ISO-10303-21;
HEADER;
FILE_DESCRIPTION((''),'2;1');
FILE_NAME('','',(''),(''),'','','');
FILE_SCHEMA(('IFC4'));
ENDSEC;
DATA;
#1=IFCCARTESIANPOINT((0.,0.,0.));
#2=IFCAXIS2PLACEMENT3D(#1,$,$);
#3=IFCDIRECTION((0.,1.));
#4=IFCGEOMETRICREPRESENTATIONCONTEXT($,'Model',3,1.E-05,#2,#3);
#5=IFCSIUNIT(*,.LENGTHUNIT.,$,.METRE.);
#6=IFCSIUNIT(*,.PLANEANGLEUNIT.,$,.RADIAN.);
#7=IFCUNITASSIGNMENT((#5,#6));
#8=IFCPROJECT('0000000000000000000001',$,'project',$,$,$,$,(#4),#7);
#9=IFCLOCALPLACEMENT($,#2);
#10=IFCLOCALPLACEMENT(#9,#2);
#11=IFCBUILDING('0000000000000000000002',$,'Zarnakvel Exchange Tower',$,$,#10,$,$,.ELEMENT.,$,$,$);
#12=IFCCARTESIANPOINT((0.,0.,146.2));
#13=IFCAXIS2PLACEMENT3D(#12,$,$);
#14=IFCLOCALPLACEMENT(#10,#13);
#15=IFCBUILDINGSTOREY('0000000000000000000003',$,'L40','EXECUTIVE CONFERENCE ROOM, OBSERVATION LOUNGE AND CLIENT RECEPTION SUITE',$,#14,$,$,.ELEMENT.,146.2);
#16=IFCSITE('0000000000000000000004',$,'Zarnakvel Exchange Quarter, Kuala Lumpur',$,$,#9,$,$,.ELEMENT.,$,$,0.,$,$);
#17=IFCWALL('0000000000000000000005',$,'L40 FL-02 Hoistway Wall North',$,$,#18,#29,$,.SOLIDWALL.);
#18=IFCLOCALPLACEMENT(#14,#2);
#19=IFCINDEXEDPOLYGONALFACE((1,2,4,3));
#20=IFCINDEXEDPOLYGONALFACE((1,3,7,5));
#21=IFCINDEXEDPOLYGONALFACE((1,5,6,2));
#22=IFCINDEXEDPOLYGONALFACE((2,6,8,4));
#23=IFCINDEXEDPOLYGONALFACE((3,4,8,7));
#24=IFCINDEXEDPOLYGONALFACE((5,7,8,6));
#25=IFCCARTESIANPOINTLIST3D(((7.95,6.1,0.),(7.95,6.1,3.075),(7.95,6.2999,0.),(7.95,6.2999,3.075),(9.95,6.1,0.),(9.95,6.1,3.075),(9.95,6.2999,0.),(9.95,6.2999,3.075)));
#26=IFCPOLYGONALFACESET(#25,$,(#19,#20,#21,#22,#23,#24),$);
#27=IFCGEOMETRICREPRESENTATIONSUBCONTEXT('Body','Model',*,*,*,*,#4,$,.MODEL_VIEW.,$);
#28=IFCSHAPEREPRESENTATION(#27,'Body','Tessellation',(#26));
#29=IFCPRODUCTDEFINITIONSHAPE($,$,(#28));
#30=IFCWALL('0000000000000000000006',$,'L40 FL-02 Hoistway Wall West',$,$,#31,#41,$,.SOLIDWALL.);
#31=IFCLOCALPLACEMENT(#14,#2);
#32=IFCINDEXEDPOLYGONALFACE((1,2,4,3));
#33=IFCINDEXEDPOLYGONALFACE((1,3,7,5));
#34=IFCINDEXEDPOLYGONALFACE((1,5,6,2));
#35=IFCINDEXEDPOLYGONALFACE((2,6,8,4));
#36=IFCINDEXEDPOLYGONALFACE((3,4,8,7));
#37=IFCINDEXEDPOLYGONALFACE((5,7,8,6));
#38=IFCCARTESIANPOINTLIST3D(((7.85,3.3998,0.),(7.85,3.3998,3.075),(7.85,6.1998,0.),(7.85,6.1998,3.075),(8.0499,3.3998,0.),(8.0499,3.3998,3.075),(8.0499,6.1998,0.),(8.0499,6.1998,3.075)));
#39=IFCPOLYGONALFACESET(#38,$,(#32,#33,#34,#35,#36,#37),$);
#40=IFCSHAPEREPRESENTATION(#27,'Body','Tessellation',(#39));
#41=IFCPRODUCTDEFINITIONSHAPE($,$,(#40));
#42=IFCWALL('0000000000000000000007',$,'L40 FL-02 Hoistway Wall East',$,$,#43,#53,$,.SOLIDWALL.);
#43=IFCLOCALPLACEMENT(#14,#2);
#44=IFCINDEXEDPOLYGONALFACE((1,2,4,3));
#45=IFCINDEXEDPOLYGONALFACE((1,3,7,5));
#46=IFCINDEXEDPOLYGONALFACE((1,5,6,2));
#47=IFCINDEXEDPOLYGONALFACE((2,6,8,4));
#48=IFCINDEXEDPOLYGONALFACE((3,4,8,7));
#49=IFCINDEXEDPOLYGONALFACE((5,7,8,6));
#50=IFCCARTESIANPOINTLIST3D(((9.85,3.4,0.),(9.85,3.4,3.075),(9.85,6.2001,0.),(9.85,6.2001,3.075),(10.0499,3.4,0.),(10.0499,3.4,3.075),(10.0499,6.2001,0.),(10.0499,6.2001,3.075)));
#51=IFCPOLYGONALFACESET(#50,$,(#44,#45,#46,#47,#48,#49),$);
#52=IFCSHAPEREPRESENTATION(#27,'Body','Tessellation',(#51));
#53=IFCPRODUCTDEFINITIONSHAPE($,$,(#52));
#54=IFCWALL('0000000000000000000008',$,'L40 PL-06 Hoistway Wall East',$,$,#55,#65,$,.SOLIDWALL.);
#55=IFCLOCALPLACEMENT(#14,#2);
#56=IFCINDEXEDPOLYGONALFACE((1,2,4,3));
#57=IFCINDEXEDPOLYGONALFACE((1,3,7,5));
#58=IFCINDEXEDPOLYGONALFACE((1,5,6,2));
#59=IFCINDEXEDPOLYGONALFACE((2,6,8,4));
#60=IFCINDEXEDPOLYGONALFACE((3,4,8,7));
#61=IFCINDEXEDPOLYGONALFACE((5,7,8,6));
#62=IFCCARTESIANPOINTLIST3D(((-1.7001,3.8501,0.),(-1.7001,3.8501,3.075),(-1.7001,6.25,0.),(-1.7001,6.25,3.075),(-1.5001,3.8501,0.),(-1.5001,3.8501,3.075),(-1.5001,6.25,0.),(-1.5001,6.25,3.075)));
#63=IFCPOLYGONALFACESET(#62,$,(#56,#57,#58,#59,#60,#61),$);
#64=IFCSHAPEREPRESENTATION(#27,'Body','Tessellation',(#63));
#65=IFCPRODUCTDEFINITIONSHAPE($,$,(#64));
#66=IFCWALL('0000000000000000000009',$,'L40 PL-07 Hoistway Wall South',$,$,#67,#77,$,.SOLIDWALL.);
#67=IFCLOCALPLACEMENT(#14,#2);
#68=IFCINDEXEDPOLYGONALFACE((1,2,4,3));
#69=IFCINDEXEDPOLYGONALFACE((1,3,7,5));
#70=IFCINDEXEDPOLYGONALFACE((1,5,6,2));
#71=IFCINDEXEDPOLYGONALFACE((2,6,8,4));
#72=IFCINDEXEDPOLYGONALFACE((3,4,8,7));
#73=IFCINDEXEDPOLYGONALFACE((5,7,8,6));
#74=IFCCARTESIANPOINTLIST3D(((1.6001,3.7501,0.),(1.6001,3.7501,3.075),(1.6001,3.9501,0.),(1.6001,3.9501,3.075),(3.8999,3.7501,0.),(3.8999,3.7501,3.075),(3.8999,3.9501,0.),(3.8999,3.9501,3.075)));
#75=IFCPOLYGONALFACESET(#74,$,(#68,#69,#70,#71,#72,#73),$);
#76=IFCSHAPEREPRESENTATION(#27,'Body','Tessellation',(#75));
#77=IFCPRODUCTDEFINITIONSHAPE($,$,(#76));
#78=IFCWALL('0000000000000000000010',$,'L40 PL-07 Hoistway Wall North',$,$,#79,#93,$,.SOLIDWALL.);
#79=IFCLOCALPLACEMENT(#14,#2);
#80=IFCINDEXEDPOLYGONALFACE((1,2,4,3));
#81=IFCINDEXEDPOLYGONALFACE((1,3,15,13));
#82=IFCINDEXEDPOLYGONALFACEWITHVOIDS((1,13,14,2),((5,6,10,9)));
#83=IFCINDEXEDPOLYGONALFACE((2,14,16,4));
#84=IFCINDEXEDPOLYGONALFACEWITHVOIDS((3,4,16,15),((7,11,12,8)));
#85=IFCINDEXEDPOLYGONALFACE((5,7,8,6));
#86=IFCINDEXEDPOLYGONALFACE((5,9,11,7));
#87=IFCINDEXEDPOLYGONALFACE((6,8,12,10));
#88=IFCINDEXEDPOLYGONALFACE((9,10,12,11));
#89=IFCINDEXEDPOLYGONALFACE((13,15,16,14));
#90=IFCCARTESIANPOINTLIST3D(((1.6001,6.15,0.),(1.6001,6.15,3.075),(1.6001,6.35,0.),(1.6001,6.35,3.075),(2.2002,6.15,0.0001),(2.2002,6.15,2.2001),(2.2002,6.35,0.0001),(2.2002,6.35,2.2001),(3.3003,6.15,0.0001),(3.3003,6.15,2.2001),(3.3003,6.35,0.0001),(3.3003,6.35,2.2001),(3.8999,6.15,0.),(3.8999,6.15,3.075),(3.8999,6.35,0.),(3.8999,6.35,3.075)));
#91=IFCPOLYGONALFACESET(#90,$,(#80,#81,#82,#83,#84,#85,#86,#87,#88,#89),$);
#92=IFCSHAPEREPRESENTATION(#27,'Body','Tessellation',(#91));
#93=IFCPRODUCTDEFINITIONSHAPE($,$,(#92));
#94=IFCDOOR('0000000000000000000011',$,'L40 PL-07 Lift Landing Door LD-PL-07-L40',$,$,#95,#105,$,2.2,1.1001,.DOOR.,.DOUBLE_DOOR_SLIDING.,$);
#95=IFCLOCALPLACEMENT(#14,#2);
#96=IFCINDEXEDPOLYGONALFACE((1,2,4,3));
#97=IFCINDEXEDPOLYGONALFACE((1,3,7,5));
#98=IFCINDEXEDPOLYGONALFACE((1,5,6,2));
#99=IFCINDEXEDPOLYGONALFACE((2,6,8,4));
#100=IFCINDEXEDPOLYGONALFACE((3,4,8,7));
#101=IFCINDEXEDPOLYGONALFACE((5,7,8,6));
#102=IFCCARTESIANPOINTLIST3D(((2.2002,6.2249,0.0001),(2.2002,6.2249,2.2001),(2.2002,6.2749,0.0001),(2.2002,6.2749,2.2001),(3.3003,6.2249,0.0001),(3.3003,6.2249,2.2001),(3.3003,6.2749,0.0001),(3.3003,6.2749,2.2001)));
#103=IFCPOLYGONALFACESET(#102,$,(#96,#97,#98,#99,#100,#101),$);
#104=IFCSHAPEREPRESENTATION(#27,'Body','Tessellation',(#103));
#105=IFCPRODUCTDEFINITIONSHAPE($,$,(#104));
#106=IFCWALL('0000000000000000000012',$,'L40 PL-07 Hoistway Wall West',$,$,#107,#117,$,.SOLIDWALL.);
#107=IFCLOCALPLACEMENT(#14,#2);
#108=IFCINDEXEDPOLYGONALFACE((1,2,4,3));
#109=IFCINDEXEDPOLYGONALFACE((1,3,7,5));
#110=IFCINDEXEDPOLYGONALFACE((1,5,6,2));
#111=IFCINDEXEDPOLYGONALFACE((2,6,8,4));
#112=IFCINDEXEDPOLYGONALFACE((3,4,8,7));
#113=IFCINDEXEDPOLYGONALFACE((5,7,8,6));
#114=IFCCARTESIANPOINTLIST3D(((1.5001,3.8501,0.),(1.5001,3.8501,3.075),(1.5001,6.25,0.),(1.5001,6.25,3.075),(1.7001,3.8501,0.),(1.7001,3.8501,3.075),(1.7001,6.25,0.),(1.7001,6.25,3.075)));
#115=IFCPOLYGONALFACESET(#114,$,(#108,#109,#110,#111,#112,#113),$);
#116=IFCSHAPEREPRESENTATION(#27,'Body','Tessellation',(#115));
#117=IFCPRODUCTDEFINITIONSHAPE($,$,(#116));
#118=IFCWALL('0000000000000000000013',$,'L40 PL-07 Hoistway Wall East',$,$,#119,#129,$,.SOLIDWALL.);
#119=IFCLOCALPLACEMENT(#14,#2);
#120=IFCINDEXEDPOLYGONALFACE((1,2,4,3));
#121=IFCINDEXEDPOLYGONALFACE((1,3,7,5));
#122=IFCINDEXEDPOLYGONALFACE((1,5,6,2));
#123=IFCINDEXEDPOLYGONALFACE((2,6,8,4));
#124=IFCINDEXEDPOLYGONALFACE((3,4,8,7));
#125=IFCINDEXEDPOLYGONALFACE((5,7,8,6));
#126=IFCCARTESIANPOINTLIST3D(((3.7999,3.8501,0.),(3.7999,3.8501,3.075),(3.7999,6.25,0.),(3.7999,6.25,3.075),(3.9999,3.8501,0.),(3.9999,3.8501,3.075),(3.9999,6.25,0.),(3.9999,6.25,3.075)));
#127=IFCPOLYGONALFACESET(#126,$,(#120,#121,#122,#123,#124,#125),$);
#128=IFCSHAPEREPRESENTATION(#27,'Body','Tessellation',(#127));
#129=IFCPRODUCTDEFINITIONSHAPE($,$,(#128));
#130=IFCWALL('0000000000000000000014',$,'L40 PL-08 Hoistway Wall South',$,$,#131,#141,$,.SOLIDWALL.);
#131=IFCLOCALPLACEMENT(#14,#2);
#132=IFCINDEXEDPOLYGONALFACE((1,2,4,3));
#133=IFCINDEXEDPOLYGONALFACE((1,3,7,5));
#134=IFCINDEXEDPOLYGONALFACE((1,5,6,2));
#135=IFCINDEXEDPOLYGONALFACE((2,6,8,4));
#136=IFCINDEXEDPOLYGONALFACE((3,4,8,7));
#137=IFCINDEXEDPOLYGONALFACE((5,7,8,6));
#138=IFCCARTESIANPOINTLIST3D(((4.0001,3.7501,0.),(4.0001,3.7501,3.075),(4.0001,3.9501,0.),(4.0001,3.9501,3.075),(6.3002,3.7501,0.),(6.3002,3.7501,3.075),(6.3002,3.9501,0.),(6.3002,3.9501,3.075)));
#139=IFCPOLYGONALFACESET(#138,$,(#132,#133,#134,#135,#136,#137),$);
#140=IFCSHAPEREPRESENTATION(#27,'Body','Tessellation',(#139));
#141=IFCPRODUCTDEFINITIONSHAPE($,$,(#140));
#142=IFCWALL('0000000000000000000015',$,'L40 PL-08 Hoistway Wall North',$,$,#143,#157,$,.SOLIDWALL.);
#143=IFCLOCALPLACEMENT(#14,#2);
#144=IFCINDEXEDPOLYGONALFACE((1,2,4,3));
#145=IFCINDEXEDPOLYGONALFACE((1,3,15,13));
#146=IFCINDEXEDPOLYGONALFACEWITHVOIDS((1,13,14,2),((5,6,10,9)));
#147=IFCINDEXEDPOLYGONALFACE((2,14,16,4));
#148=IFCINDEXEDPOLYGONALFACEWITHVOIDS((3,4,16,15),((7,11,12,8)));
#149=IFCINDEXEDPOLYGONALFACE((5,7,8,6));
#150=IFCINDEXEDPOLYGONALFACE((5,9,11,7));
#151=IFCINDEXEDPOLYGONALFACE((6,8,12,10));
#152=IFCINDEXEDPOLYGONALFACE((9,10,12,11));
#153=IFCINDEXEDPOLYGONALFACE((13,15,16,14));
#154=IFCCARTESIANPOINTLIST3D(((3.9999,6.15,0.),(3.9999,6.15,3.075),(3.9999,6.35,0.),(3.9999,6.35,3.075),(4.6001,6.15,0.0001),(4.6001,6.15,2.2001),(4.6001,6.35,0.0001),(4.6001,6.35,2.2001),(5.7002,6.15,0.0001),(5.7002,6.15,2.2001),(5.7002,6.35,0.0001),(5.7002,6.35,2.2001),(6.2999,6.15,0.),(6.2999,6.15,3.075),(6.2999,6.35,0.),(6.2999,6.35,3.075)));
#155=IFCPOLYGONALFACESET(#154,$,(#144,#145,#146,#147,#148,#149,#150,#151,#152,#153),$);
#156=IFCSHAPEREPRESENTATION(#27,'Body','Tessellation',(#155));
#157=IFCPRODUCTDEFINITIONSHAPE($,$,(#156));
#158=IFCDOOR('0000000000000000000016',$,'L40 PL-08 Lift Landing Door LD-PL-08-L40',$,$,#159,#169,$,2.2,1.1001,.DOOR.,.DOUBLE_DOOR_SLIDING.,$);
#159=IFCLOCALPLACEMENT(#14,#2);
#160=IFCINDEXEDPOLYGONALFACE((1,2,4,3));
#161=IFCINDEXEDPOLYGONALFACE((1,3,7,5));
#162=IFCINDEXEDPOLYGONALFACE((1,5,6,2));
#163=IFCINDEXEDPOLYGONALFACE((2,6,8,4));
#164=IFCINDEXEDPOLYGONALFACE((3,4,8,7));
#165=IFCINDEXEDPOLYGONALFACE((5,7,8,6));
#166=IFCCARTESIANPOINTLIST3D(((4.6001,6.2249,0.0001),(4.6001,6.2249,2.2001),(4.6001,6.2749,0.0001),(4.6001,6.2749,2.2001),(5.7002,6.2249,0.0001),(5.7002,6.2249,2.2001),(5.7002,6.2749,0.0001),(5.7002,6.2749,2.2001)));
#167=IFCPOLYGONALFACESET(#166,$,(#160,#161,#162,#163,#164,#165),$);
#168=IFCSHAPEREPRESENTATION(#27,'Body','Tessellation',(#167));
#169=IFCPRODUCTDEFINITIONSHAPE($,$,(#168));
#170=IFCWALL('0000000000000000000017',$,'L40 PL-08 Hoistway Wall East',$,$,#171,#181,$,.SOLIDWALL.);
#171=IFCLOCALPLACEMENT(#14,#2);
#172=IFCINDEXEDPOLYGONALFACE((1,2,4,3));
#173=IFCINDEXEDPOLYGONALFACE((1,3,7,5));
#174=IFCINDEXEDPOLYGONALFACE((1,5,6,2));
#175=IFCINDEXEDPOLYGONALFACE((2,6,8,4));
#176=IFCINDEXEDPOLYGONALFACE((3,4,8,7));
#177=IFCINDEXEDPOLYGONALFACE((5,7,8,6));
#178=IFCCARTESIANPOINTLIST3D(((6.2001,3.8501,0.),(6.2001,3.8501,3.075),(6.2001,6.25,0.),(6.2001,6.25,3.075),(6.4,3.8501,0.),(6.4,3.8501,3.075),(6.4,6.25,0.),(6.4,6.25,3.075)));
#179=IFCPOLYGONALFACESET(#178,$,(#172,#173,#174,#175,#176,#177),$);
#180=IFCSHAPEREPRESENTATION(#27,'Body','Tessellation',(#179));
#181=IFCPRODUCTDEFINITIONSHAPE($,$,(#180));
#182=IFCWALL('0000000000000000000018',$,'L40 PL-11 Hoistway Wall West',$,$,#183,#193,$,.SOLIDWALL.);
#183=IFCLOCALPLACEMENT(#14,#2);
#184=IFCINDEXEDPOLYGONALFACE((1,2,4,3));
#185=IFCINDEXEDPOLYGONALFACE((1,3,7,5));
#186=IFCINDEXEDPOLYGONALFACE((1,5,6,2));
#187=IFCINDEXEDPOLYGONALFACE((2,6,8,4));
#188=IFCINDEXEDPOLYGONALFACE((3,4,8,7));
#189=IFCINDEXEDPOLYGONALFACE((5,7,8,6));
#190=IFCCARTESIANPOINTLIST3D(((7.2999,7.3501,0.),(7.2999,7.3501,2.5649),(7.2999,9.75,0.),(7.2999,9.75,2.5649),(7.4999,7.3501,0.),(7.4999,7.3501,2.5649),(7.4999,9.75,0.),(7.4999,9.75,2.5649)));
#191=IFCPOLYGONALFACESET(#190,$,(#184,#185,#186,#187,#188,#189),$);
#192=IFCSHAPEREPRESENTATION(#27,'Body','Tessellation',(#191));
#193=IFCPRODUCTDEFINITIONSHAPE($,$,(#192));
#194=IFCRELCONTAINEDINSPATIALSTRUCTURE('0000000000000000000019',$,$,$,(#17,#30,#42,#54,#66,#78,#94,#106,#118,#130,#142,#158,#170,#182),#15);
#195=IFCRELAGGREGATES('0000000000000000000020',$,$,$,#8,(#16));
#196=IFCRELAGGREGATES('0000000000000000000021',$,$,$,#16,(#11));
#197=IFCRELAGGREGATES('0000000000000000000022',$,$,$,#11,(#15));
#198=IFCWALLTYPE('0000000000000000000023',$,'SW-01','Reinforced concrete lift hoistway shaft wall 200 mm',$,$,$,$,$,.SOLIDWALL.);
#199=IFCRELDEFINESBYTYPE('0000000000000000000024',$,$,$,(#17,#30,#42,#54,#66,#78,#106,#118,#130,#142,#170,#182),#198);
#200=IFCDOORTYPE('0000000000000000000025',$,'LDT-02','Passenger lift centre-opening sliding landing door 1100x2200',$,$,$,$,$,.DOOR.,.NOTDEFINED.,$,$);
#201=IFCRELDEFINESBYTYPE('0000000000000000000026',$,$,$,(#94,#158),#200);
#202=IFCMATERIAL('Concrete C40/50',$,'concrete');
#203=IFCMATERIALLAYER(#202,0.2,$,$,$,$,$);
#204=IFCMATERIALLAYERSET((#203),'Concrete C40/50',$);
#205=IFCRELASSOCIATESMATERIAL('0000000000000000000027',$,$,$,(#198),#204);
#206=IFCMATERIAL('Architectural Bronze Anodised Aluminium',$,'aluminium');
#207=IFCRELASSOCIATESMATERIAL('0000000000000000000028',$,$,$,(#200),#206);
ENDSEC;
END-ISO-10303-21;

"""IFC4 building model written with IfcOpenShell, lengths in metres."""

from ifc_helpers import new_model, si_unit, direction, frame, frame_2d, origin, place, context, subcontext, project, spatial, rectangle, extrude, source, transform, mapped, material, layer, layer_set, type_object, element, fill, save


model = new_model("IFC4")

# Units and contexts
model_context = context("Model", 3, precision=1e-05, world=origin(), true_north=direction((0.0, 1.0)))
body_context = subcontext(model_context, "Body", "Model", "MODEL_VIEW")
ifc_project = project(units=[si_unit("LENGTHUNIT", "METRE"), si_unit("PLANEANGLEUNIT", "RADIAN")], contexts=[model_context])

# Site, building, storey
site_placement = place(None, origin())
site = spatial("IfcSite", under=ifc_project, at=site_placement, Name="Zarnakvel Exchange Quarter, Kuala Lumpur", CompositionType="ELEMENT", RefElevation=0.0)
building_placement = place(site_placement, origin())
building = spatial("IfcBuilding", under=site, at=building_placement, Name="Zarnakvel Exchange Tower", CompositionType="ELEMENT")
storey_placement = place(building_placement, frame((0.0, 0.0, 146.2)))
storey = spatial("IfcBuildingStorey", under=building, at=storey_placement, Name="L40", Description="EXECUTIVE CONFERENCE ROOM, OBSERVATION LOUNGE AND CLIENT RECEPTION SUITE", CompositionType="ELEMENT", Elevation=146.2)

# Shared definitions
ifc_material_1 = material(Name="Concrete C40/50", Category="concrete")
ifc_layer_1 = layer(ifc_material_1, 0.2)
ifc_layer_set_1 = layer_set([ifc_layer_1], Name="Concrete C40/50")
wall_type_1 = type_object("IfcWallType", Name="SW-01", Description="Reinforced concrete lift hoistway shaft wall 200 mm", PredefinedType="SOLIDWALL", material=ifc_layer_set_1)
shared_shape_1 = source(origin(), body_context, "Body", "SweptSolid", [
    extrude(rectangle(XDim=1.1001, YDim=2.2, at=frame_2d((0.55, 1.1001))), frame((0.0, 0.0249, 0.0), z_axis=(0.0, -1.0, 0.0), x_axis=(1.0, 0.0, 0.0)), (0.0, 0.0, 1.0), 0.05),
])

# Walls
wall_1_placement = place(storey_placement, frame((7.95, 6.2, 0.0), z_axis=(0.0, 0.0, 1.0), x_axis=(1.0, 0.0, 0.0)))
element("IfcWall", 1, at=wall_1_placement, inside=storey, type_object=wall_type_1, Name="L40 FL-02 Hoistway Wall North", PredefinedType="SOLIDWALL", context=body_context, shape_type="SweptSolid", body=[
    extrude(rectangle(XDim=2.0, YDim=0.2, at=frame_2d((1.0, 0.0))), origin(), (0.0, 0.0, 1.0), 3.075),
])
for number, where, z_axis, x_axis, name in (
    (2, (7.95, 3.3999, 0.0), (0.0, 0.0, 1.0), (0.0, 1.0, 0.0), "L40 FL-02 Hoistway Wall West"),
    (3, (9.95, 6.2, 0.0), (0.0, 0.0, 1.0), (0.0, -1.0, 0.0), "L40 FL-02 Hoistway Wall East"),
):
    element("IfcWall", number, at=place(storey_placement, frame(where, z_axis=z_axis, x_axis=x_axis)), inside=storey, type_object=wall_type_1, Name=name, PredefinedType="SOLIDWALL", context=body_context, shape_type="SweptSolid", body=[
        extrude(rectangle(XDim=2.8, YDim=0.2, at=frame_2d((1.3999, 0.0))), origin(), (0.0, 0.0, 1.0), 3.075),
    ])
wall_2_placement = place(storey_placement, frame((-1.6001, 6.25, 0.0), z_axis=(0.0, 0.0, 1.0), x_axis=(0.0, -1.0, 0.0)))
element("IfcWall", 4, at=wall_2_placement, inside=storey, type_object=wall_type_1, Name="L40 PL-06 Hoistway Wall East", PredefinedType="SOLIDWALL", context=body_context, shape_type="SweptSolid", body=[
    extrude(rectangle(XDim=2.3999, YDim=0.2, at=frame_2d((1.2, 0.0))), origin(), (0.0, 0.0, 1.0), 3.075),
])
wall_3_placement = place(storey_placement, frame((3.8999, 3.8501, 0.0), z_axis=(0.0, 0.0, 1.0), x_axis=(-1.0, 0.0, 0.0)))
element("IfcWall", 5, at=wall_3_placement, inside=storey, type_object=wall_type_1, Name="L40 PL-07 Hoistway Wall South", PredefinedType="SOLIDWALL", context=body_context, shape_type="SweptSolid", body=[
    extrude(rectangle(XDim=2.2998, YDim=0.2, at=frame_2d((1.1499, 0.0))), origin(), (0.0, 0.0, 1.0), 3.075),
])

# Wall, opening, door
wall_4_placement = place(storey_placement, frame((1.6001, 6.25, 0.0), z_axis=(0.0, 0.0, 1.0), x_axis=(1.0, 0.0, 0.0)))
wall_4 = element("IfcWall", 6, at=wall_4_placement, inside=storey, type_object=wall_type_1, Name="L40 PL-07 Hoistway Wall North", PredefinedType="SOLIDWALL", context=body_context, shape_type="SweptSolid", body=[
    extrude(rectangle(XDim=2.2998, YDim=0.2, at=frame_2d((1.1499, 0.0))), origin(), (0.0, 0.0, 1.0), 3.075),
])
opening_1_placement = place(wall_4_placement, frame((0.6001, 0.0, 0.0)))
opening_1 = element("IfcOpeningElement", 7, at=opening_1_placement, cuts=wall_4, PredefinedType="OPENING", context=body_context, shape_type="SweptSolid", body=[
    extrude(rectangle(XDim=1.1001, YDim=2.2, at=frame_2d((0.55, 1.1001))), frame((0.0, 0.1099, 0.0), z_axis=(0.0, -1.0, 0.0), x_axis=(1.0, 0.0, 0.0)), (0.0, 0.0, 1.0), 0.22),
])
ifc_material_2 = material(Name="Architectural Bronze Anodised Aluminium", Category="aluminium")
door_type_1 = type_object("IfcDoorType", Name="LDT-02", Description="Passenger lift centre-opening sliding landing door 1100x2200", OperationType="NOTDEFINED", PredefinedType="DOOR", material=ifc_material_2)
door_1_placement = place(opening_1_placement, origin())
door_1 = element("IfcDoor", 8, at=door_1_placement, inside=storey, type_object=door_type_1, Name="L40 PL-07 Lift Landing Door LD-PL-07-L40", OperationType="DOUBLE_DOOR_SLIDING", OverallHeight=2.2, OverallWidth=1.1001, PredefinedType="DOOR", context=body_context, shape_type="MappedRepresentation", body=[
    mapped(shared_shape_1, transform((0.0, 0.0, 0.0), x_axis=(1.0, 0.0, 0.0), y_axis=(0.0, 1.0, 0.0), z_axis=(0.0, 0.0, 1.0), scale=1.0)),
])
fill(opening_1, door_1)

# Walls
for number, where, z_axis, x_axis, name in (
    (9, (1.6001, 3.8501, 0.0), (0.0, 0.0, 1.0), (0.0, 1.0, 0.0), "L40 PL-07 Hoistway Wall West"),
    (10, (3.8999, 6.25, 0.0), (0.0, 0.0, 1.0), (0.0, -1.0, 0.0), "L40 PL-07 Hoistway Wall East"),
):
    element("IfcWall", number, at=place(storey_placement, frame(where, z_axis=z_axis, x_axis=x_axis)), inside=storey, type_object=wall_type_1, Name=name, PredefinedType="SOLIDWALL", context=body_context, shape_type="SweptSolid", body=[
        extrude(rectangle(XDim=2.3999, YDim=0.2, at=frame_2d((1.2, 0.0))), origin(), (0.0, 0.0, 1.0), 3.075),
    ])
wall_5_placement = place(storey_placement, frame((6.3, 3.8501, 0.0), z_axis=(0.0, 0.0, 1.0), x_axis=(-1.0, 0.0, 0.0)))
element("IfcWall", 11, at=wall_5_placement, inside=storey, type_object=wall_type_1, Name="L40 PL-08 Hoistway Wall South", PredefinedType="SOLIDWALL", context=body_context, shape_type="SweptSolid", body=[
    extrude(rectangle(XDim=2.3, YDim=0.2, at=frame_2d((1.1499, 0.0))), origin(), (0.0, 0.0, 1.0), 3.075),
])

# Wall, opening, door
wall_6_placement = place(storey_placement, frame((4.0, 6.25, 0.0), z_axis=(0.0, 0.0, 1.0), x_axis=(1.0, 0.0, 0.0)))
wall_6 = element("IfcWall", 12, at=wall_6_placement, inside=storey, type_object=wall_type_1, Name="L40 PL-08 Hoistway Wall North", PredefinedType="SOLIDWALL", context=body_context, shape_type="SweptSolid", body=[
    extrude(rectangle(XDim=2.3, YDim=0.2, at=frame_2d((1.1499, 0.0))), origin(), (0.0, 0.0, 1.0), 3.075),
])
opening_2_placement = place(wall_6_placement, frame((0.6001, 0.0, 0.0)))
opening_2 = element("IfcOpeningElement", 13, at=opening_2_placement, cuts=wall_6, PredefinedType="OPENING", context=body_context, shape_type="SweptSolid", body=[
    extrude(rectangle(XDim=1.1001, YDim=2.2, at=frame_2d((0.55, 1.1001))), frame((0.0, 0.1099, 0.0), z_axis=(0.0, -1.0, 0.0), x_axis=(1.0, 0.0, 0.0)), (0.0, 0.0, 1.0), 0.22),
])
door_2_placement = place(opening_2_placement, origin())
door_2 = element("IfcDoor", 14, at=door_2_placement, inside=storey, type_object=door_type_1, Name="L40 PL-08 Lift Landing Door LD-PL-08-L40", OperationType="DOUBLE_DOOR_SLIDING", OverallHeight=2.2, OverallWidth=1.1001, PredefinedType="DOOR", context=body_context, shape_type="MappedRepresentation", body=[
    mapped(shared_shape_1, transform((0.0, 0.0, 0.0), x_axis=(1.0, 0.0, 0.0), y_axis=(0.0, 1.0, 0.0), z_axis=(0.0, 0.0, 1.0), scale=1.0)),
])
fill(opening_2, door_2)

# Walls
wall_7_placement = place(storey_placement, frame((6.3, 6.25, 0.0), z_axis=(0.0, 0.0, 1.0), x_axis=(0.0, -1.0, 0.0)))
element("IfcWall", 15, at=wall_7_placement, inside=storey, type_object=wall_type_1, Name="L40 PL-08 Hoistway Wall East", PredefinedType="SOLIDWALL", context=body_context, shape_type="SweptSolid", body=[
    extrude(rectangle(XDim=2.3999, YDim=0.2, at=frame_2d((1.2, 0.0))), origin(), (0.0, 0.0, 1.0), 3.075),
])
wall_8_placement = place(storey_placement, frame((7.3999, 7.3501, 0.0), z_axis=(0.0, 0.0, 1.0), x_axis=(0.0, 1.0, 0.0)))
element("IfcWall", 16, at=wall_8_placement, inside=storey, type_object=wall_type_1, Name="L40 PL-11 Hoistway Wall West", PredefinedType="SOLIDWALL", context=body_context, shape_type="SweptSolid", body=[
    extrude(rectangle(XDim=2.3999, YDim=0.2, at=frame_2d((1.2, 0.0))), origin(), (0.0, 0.0, 1.0), 2.5649),
])

save(model, "model.ifc")
